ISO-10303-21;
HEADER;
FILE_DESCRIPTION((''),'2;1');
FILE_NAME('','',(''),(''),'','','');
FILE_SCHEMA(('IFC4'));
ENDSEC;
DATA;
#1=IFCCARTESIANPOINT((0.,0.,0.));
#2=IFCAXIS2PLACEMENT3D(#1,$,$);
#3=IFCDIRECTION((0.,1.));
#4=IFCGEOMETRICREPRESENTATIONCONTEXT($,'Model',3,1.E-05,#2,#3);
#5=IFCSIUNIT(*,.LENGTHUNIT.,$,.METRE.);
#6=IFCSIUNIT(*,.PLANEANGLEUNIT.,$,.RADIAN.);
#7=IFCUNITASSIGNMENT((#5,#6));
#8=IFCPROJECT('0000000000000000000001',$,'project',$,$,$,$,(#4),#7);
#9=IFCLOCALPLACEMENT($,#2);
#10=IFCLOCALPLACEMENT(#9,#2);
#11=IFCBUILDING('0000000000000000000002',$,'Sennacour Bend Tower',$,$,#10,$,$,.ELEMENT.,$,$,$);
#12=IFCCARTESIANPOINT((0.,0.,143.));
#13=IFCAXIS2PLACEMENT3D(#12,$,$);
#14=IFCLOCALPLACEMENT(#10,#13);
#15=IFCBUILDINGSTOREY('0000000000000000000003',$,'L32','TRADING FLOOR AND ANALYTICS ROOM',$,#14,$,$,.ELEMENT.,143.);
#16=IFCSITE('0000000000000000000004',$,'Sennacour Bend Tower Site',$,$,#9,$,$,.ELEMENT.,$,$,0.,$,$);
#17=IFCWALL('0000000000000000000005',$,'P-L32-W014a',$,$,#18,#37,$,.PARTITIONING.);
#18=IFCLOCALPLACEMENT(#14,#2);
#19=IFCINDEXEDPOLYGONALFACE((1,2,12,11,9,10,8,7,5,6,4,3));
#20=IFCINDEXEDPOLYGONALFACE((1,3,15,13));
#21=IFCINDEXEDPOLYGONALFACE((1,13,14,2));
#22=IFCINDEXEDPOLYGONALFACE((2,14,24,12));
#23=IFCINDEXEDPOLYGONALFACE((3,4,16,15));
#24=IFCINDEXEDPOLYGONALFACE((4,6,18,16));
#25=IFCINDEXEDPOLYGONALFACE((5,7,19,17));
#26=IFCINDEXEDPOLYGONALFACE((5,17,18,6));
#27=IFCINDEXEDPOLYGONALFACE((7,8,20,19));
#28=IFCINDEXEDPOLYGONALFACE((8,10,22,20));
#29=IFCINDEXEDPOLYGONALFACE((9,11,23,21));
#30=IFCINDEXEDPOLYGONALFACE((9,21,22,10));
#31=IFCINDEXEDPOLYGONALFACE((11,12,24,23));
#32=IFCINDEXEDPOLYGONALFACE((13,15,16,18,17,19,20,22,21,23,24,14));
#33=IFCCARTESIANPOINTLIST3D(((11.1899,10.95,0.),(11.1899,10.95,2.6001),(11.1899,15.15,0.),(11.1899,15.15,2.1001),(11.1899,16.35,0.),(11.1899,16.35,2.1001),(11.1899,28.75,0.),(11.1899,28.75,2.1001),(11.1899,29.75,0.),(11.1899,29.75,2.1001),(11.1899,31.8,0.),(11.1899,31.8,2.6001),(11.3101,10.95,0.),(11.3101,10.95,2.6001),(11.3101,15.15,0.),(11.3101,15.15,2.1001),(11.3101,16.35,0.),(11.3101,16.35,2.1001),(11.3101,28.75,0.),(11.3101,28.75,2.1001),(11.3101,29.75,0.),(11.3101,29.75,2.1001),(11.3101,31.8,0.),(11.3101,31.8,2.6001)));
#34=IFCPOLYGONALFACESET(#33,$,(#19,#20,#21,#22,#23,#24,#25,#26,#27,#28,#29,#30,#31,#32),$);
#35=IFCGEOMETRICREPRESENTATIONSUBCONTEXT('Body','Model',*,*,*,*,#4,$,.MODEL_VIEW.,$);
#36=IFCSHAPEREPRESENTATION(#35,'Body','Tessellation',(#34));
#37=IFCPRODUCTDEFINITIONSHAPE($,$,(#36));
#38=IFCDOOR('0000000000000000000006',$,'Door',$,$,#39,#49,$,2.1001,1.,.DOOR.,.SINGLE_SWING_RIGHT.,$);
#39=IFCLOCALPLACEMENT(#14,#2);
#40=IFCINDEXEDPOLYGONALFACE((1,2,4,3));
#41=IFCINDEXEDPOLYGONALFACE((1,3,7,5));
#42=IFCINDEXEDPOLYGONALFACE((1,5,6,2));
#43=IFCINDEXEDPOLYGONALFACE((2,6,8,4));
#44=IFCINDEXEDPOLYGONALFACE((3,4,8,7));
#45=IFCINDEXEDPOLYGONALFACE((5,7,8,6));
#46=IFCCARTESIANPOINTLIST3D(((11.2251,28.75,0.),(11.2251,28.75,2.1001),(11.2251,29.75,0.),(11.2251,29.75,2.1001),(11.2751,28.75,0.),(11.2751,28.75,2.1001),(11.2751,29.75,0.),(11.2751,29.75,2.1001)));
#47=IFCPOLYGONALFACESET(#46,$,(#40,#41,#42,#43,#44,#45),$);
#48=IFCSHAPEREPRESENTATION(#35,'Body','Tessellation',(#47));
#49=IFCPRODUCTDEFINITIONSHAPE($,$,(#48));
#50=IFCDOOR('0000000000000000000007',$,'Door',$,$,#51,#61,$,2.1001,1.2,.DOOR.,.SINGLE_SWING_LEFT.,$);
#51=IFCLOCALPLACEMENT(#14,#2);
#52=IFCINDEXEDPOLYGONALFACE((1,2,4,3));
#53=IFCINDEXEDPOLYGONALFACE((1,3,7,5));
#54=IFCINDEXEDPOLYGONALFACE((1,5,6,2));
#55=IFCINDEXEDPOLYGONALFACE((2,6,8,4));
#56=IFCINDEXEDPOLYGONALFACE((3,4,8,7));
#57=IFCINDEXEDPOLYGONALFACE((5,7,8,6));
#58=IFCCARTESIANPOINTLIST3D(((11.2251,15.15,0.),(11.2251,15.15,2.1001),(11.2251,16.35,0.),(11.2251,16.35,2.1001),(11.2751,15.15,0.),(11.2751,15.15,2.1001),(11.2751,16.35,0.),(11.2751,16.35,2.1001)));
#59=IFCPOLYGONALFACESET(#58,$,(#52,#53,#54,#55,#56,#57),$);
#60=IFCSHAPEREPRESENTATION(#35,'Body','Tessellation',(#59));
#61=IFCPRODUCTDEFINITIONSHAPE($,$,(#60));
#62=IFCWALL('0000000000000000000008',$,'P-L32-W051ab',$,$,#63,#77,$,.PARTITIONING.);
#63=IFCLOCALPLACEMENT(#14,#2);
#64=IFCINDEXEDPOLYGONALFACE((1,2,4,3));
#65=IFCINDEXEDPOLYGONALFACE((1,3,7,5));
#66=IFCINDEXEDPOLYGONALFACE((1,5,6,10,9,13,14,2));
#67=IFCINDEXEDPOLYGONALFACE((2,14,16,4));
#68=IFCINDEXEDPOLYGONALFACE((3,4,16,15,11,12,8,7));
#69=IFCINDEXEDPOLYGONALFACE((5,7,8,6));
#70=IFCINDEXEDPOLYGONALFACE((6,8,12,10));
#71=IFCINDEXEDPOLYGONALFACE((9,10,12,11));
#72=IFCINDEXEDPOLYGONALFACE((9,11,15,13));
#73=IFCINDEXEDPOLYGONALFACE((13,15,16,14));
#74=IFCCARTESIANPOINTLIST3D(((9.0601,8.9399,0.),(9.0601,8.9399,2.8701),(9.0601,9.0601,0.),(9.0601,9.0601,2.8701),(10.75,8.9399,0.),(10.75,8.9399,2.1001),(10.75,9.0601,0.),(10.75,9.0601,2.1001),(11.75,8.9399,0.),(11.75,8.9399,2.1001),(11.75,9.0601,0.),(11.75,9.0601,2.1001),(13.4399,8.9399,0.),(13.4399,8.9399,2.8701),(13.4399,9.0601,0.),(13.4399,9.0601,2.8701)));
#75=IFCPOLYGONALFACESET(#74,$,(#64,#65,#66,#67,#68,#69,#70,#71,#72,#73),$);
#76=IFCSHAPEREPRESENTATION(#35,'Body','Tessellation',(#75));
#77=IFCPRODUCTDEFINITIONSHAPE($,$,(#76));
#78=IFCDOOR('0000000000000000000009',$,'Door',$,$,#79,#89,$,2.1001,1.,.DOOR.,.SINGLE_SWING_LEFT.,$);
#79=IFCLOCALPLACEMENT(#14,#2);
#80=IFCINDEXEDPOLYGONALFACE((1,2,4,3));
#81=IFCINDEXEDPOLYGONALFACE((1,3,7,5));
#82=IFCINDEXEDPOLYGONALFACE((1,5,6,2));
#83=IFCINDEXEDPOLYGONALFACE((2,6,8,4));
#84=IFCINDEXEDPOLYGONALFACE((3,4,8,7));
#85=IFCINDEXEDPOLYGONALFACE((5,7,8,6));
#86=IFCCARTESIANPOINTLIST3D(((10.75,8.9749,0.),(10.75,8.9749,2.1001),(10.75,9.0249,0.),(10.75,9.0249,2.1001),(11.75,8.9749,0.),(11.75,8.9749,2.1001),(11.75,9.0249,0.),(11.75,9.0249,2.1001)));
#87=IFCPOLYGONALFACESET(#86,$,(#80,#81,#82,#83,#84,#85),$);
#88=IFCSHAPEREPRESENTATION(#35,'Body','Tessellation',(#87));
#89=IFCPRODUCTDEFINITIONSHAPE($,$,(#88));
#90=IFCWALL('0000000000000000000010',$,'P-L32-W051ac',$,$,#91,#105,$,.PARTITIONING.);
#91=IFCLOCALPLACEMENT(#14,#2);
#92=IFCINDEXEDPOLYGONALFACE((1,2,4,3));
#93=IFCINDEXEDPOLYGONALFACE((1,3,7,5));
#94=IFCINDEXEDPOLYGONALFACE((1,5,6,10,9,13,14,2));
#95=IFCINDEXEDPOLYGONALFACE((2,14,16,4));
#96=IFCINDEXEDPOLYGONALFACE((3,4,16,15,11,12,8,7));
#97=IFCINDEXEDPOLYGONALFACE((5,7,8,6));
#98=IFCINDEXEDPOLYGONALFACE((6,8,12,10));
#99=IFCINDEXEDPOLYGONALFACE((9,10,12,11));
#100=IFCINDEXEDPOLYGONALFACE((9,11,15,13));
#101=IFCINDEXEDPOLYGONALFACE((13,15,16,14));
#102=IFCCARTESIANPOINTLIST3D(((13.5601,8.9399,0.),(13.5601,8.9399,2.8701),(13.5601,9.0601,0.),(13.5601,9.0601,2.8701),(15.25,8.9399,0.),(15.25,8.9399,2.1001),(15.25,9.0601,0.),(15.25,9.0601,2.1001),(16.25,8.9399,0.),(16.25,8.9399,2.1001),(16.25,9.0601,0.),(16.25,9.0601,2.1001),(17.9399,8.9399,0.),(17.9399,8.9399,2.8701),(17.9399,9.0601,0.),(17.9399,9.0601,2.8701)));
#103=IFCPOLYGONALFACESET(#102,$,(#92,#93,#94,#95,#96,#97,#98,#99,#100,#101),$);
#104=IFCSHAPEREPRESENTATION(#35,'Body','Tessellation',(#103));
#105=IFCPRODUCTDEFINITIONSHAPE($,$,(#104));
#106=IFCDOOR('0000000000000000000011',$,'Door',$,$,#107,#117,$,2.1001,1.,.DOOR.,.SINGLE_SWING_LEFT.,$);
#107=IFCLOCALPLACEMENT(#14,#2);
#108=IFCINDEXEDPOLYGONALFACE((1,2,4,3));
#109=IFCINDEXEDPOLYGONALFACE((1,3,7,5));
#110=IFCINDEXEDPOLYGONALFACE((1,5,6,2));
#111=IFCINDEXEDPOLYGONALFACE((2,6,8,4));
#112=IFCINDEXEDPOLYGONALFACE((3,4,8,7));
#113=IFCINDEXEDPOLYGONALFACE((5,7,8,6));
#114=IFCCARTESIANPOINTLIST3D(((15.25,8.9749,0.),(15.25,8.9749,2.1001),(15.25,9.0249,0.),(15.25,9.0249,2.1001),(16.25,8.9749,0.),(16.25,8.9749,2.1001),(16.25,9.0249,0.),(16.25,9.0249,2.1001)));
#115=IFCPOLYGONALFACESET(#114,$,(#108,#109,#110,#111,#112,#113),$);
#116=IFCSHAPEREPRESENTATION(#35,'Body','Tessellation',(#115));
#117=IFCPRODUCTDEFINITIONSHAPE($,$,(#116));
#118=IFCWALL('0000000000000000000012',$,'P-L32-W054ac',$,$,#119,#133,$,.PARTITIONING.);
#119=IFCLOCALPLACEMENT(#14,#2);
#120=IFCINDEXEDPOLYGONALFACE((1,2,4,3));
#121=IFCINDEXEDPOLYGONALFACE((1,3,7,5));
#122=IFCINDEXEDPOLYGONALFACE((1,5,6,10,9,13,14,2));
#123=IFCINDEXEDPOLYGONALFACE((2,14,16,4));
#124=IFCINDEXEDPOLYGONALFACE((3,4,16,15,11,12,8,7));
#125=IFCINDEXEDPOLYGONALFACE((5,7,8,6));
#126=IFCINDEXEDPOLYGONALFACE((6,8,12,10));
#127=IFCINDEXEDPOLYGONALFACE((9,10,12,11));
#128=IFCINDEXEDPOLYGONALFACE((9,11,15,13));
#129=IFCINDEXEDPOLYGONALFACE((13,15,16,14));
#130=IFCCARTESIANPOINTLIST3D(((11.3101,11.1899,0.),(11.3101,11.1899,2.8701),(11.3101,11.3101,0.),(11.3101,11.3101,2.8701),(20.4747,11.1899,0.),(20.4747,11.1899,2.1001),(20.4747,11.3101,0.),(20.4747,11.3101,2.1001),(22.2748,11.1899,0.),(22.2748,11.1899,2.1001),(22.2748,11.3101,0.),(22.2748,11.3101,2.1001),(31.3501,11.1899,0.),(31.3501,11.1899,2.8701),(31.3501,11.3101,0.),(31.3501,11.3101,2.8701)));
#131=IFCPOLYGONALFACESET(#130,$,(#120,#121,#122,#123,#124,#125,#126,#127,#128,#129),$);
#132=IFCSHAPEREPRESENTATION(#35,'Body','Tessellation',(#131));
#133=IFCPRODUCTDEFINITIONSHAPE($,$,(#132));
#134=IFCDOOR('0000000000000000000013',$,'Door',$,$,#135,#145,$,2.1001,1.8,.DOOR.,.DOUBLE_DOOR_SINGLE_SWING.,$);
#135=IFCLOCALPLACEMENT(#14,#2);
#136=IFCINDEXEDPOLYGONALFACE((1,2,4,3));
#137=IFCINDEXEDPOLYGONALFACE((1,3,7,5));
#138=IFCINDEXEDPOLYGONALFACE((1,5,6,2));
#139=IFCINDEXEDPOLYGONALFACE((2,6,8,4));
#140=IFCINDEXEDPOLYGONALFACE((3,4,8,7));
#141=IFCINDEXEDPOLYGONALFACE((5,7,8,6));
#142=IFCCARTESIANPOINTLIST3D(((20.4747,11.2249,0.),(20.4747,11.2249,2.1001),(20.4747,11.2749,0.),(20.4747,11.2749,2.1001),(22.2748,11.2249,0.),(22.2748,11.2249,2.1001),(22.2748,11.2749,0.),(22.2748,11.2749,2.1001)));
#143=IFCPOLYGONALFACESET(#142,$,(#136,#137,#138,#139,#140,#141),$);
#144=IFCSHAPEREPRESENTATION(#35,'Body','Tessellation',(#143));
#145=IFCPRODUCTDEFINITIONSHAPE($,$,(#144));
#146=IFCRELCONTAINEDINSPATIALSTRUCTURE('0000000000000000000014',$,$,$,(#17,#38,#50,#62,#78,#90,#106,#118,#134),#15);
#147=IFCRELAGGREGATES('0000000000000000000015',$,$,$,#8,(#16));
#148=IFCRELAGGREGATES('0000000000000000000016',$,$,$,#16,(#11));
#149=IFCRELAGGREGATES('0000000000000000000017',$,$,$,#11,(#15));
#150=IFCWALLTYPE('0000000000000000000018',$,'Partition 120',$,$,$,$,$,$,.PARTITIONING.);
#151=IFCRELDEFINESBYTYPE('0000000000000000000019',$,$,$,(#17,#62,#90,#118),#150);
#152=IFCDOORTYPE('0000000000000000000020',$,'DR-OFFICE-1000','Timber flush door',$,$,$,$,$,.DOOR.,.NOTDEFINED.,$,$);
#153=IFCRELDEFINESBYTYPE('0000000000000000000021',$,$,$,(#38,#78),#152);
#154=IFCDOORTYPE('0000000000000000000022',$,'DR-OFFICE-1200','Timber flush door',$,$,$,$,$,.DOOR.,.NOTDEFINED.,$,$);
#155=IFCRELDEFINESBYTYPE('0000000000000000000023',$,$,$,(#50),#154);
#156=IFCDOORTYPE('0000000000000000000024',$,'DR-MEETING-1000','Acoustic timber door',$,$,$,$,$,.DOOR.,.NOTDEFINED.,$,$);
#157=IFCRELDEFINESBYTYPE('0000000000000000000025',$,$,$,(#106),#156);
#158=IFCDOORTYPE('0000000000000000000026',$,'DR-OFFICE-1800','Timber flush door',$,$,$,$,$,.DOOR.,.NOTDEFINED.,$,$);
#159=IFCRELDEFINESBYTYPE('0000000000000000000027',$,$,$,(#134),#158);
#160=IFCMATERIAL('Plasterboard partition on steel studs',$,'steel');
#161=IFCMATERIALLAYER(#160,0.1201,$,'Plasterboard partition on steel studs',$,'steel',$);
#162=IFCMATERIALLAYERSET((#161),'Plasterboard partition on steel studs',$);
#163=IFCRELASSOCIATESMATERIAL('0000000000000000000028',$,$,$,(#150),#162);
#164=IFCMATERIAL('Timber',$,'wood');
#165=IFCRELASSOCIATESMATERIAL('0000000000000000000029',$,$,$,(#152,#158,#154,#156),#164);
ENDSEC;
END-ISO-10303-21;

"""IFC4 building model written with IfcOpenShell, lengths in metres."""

from ifc_helpers import new_model, si_unit, direction, frame, frame_2d, origin, place, context, subcontext, project, spatial, rectangle, extrude, material, layer, layer_set, type_object, element, fill, save


model = new_model("IFC4")

# Units and contexts
model_context = context("Model", 3, precision=1e-05, world=origin(), true_north=direction((0.0, 1.0)))
body_context = subcontext(model_context, "Body", "Model", "MODEL_VIEW")
ifc_project = project(units=[si_unit("LENGTHUNIT", "METRE"), si_unit("PLANEANGLEUNIT", "RADIAN")], contexts=[model_context])

# Site, building, storey
site_placement = place(None, origin())
site = spatial("IfcSite", under=ifc_project, at=site_placement, Name="Sennacour Bend Tower Site", CompositionType="ELEMENT", RefElevation=0.0)
building_placement = place(site_placement, origin())
building = spatial("IfcBuilding", under=site, at=building_placement, Name="Sennacour Bend Tower", CompositionType="ELEMENT")
storey_placement = place(building_placement, frame((0.0, 0.0, 143.0)))
storey = spatial("IfcBuildingStorey", under=building, at=storey_placement, Name="L32", Description="TRADING FLOOR AND ANALYTICS ROOM", CompositionType="ELEMENT", Elevation=143.0)

# Shared definitions
ifc_material_1 = material(Name="Plasterboard partition on steel studs", Category="steel")
ifc_layer_1 = layer(ifc_material_1, 0.1201, Name="Plasterboard partition on steel studs", Category="steel")
ifc_layer_set_1 = layer_set([ifc_layer_1], Name="Plasterboard partition on steel studs")
wall_type_1 = type_object("IfcWallType", Name="Partition 120", PredefinedType="PARTITIONING", material=ifc_layer_set_1)

# Wall, openings, doors
ifc_material_2 = material(Name="Timber", Category="wood")
door_type_1 = type_object("IfcDoorType", Name="DR-OFFICE-1000", Description="Timber flush door", OperationType="NOTDEFINED", PredefinedType="DOOR", material=ifc_material_2)
door_type_2 = type_object("IfcDoorType", Name="DR-OFFICE-1800", Description="Timber flush door", OperationType="NOTDEFINED", PredefinedType="DOOR", material=ifc_material_2)
wall_1_placement = place(storey_placement, frame((11.25, 10.95, 0.0), z_axis=(0.0, 0.0, 1.0), x_axis=(0.0, 1.0, 0.0)))
wall_1 = element("IfcWall", 1, at=wall_1_placement, inside=storey, type_object=wall_type_1, Name="P-L32-W014a", PredefinedType="PARTITIONING", context=body_context, shape_type="SweptSolid", body=[
    extrude(rectangle(XDim=20.8501, YDim=0.1201, at=frame_2d((10.425, 0.0))), origin(), (0.0, 0.0, 1.0), 2.6001),
])
opening_1_placement = place(wall_1_placement, frame((17.8, 0.0, 0.0)))
opening_1 = element("IfcOpeningElement", 2, at=opening_1_placement, cuts=wall_1, PredefinedType="OPENING", context=body_context, shape_type="SweptSolid", body=[
    extrude(rectangle(XDim=1.0, YDim=2.1001, at=frame_2d((0.5, 1.05))), frame((0.0, 0.0701, 0.0), z_axis=(0.0, -1.0, 0.0), x_axis=(1.0, 0.0, 0.0)), (0.0, 0.0, 1.0), 0.1401),
])
opening_2_placement = place(wall_1_placement, frame((4.2, 0.0, 0.0)))
opening_2 = element("IfcOpeningElement", 3, at=opening_2_placement, cuts=wall_1, PredefinedType="OPENING", context=body_context, shape_type="SweptSolid", body=[
    extrude(rectangle(XDim=1.2, YDim=2.1001, at=frame_2d((0.6001, 1.05))), frame((0.0, 0.0701, 0.0), z_axis=(0.0, -1.0, 0.0), x_axis=(1.0, 0.0, 0.0)), (0.0, 0.0, 1.0), 0.1401),
])
door_1_placement = place(opening_1_placement, origin())
door_1 = element("IfcDoor", 4, at=door_1_placement, inside=storey, type_object=door_type_1, Name="Door", OperationType="SINGLE_SWING_RIGHT", OverallHeight=2.1001, OverallWidth=1.0, PredefinedType="DOOR", context=body_context, shape_type="SweptSolid", body=[
    extrude(rectangle(XDim=1.0, YDim=2.1001, at=frame_2d((0.5, 1.05))), frame((0.0, 0.0249, 0.0), z_axis=(0.0, -1.0, 0.0), x_axis=(1.0, 0.0, 0.0)), (0.0, 0.0, 1.0), 0.05),
])
fill(opening_1, door_1)
door_type_3 = type_object("IfcDoorType", Name="DR-OFFICE-1200", Description="Timber flush door", OperationType="NOTDEFINED", PredefinedType="DOOR", material=ifc_material_2)
door_2_placement = place(opening_2_placement, origin())
door_2 = element("IfcDoor", 5, at=door_2_placement, inside=storey, type_object=door_type_3, Name="Door", OperationType="SINGLE_SWING_LEFT", OverallHeight=2.1001, OverallWidth=1.2, PredefinedType="DOOR", context=body_context, shape_type="SweptSolid", body=[
    extrude(rectangle(XDim=1.2, YDim=2.1001, at=frame_2d((0.6001, 1.05))), frame((0.0, 0.0249, 0.0), z_axis=(0.0, -1.0, 0.0), x_axis=(1.0, 0.0, 0.0)), (0.0, 0.0, 1.0), 0.05),
])
fill(opening_2, door_2)

# Walls, openings, doors
wall_2_placement = place(storey_placement, frame((9.0601, 9.0, 0.0), z_axis=(0.0, 0.0, 1.0), x_axis=(1.0, 0.0, 0.0)))
wall_2 = element("IfcWall", 6, at=wall_2_placement, inside=storey, type_object=wall_type_1, Name="P-L32-W051ab", PredefinedType="PARTITIONING", context=body_context, shape_type="SweptSolid", body=[
    extrude(rectangle(XDim=4.3799, YDim=0.1201, at=frame_2d((2.1899, 0.0))), origin(), (0.0, 0.0, 1.0), 2.8701),
])
opening_3_placement = place(wall_2_placement, frame((1.6899, 0.0, 0.0)))
opening_3 = element("IfcOpeningElement", 7, at=opening_3_placement, cuts=wall_2, PredefinedType="OPENING", context=body_context, shape_type="SweptSolid", body=[
    extrude(rectangle(XDim=1.0, YDim=2.1001, at=frame_2d((0.5, 1.05))), frame((0.0, 0.0701, 0.0), z_axis=(0.0, -1.0, 0.0), x_axis=(1.0, 0.0, 0.0)), (0.0, 0.0, 1.0), 0.1401),
])
door_3_placement = place(opening_3_placement, origin())
door_3 = element("IfcDoor", 8, at=door_3_placement, inside=storey, type_object=door_type_1, Name="Door", OperationType="SINGLE_SWING_LEFT", OverallHeight=2.1001, OverallWidth=1.0, PredefinedType="DOOR", context=body_context, shape_type="SweptSolid", body=[
    extrude(rectangle(XDim=1.0, YDim=2.1001, at=frame_2d((0.5, 1.05))), frame((0.0, 0.0249, 0.0), z_axis=(0.0, -1.0, 0.0), x_axis=(1.0, 0.0, 0.0)), (0.0, 0.0, 1.0), 0.05),
])
fill(opening_3, door_3)
wall_3_placement = place(storey_placement, frame((13.5601, 9.0, 0.0), z_axis=(0.0, 0.0, 1.0), x_axis=(1.0, 0.0, 0.0)))
wall_3 = element("IfcWall", 9, at=wall_3_placement, inside=storey, type_object=wall_type_1, Name="P-L32-W051ac", PredefinedType="PARTITIONING", context=body_context, shape_type="SweptSolid", body=[
    extrude(rectangle(XDim=4.3799, YDim=0.1201, at=frame_2d((2.1899, 0.0))), origin(), (0.0, 0.0, 1.0), 2.8701),
])
opening_4_placement = place(wall_3_placement, frame((1.6899, 0.0, 0.0)))
opening_4 = element("IfcOpeningElement", 10, at=opening_4_placement, cuts=wall_3, PredefinedType="OPENING", context=body_context, shape_type="SweptSolid", body=[
    extrude(rectangle(XDim=1.0, YDim=2.1001, at=frame_2d((0.5, 1.05))), frame((0.0, 0.0701, 0.0), z_axis=(0.0, -1.0, 0.0), x_axis=(1.0, 0.0, 0.0)), (0.0, 0.0, 1.0), 0.1401),
])
door_type_4 = type_object("IfcDoorType", Name="DR-MEETING-1000", Description="Acoustic timber door", OperationType="NOTDEFINED", PredefinedType="DOOR", material=ifc_material_2)
door_4_placement = place(opening_4_placement, origin())
door_4 = element("IfcDoor", 11, at=door_4_placement, inside=storey, type_object=door_type_4, Name="Door", OperationType="SINGLE_SWING_LEFT", OverallHeight=2.1001, OverallWidth=1.0, PredefinedType="DOOR", context=body_context, shape_type="SweptSolid", body=[
    extrude(rectangle(XDim=1.0, YDim=2.1001, at=frame_2d((0.5, 1.05))), frame((0.0, 0.0249, 0.0), z_axis=(0.0, -1.0, 0.0), x_axis=(1.0, 0.0, 0.0)), (0.0, 0.0, 1.0), 0.05),
])
fill(opening_4, door_4)
wall_4_placement = place(storey_placement, frame((11.3101, 11.25, 0.0), z_axis=(0.0, 0.0, 1.0), x_axis=(1.0, 0.0, 0.0)))
wall_4 = element("IfcWall", 12, at=wall_4_placement, inside=storey, type_object=wall_type_1, Name="P-L32-W054ac", PredefinedType="PARTITIONING", context=body_context, shape_type="SweptSolid", body=[
    extrude(rectangle(XDim=20.04, YDim=0.1201, at=frame_2d((10.02, 0.0))), origin(), (0.0, 0.0, 1.0), 2.8701),
])
opening_5_placement = place(wall_4_placement, frame((9.1648, 0.0, 0.0)))
opening_5 = element("IfcOpeningElement", 13, at=opening_5_placement, cuts=wall_4, PredefinedType="OPENING", context=body_context, shape_type="SweptSolid", body=[
    extrude(rectangle(XDim=1.8, YDim=2.1001, at=frame_2d((0.8999, 1.05))), frame((0.0, 0.0701, 0.0), z_axis=(0.0, -1.0, 0.0), x_axis=(1.0, 0.0, 0.0)), (0.0, 0.0, 1.0), 0.1401),
])
door_5_placement = place(opening_5_placement, origin())
door_5 = element("IfcDoor", 14, at=door_5_placement, inside=storey, type_object=door_type_2, Name="Door", OperationType="DOUBLE_DOOR_SINGLE_SWING", OverallHeight=2.1001, OverallWidth=1.8, PredefinedType="DOOR", context=body_context, shape_type="SweptSolid", body=[
    extrude(rectangle(XDim=1.8, YDim=2.1001, at=frame_2d((0.8999, 1.05))), frame((0.0, 0.0249, 0.0), z_axis=(0.0, -1.0, 0.0), x_axis=(1.0, 0.0, 0.0)), (0.0, 0.0, 1.0), 0.05),
])
fill(opening_5, door_5)

save(model, "model.ifc")
